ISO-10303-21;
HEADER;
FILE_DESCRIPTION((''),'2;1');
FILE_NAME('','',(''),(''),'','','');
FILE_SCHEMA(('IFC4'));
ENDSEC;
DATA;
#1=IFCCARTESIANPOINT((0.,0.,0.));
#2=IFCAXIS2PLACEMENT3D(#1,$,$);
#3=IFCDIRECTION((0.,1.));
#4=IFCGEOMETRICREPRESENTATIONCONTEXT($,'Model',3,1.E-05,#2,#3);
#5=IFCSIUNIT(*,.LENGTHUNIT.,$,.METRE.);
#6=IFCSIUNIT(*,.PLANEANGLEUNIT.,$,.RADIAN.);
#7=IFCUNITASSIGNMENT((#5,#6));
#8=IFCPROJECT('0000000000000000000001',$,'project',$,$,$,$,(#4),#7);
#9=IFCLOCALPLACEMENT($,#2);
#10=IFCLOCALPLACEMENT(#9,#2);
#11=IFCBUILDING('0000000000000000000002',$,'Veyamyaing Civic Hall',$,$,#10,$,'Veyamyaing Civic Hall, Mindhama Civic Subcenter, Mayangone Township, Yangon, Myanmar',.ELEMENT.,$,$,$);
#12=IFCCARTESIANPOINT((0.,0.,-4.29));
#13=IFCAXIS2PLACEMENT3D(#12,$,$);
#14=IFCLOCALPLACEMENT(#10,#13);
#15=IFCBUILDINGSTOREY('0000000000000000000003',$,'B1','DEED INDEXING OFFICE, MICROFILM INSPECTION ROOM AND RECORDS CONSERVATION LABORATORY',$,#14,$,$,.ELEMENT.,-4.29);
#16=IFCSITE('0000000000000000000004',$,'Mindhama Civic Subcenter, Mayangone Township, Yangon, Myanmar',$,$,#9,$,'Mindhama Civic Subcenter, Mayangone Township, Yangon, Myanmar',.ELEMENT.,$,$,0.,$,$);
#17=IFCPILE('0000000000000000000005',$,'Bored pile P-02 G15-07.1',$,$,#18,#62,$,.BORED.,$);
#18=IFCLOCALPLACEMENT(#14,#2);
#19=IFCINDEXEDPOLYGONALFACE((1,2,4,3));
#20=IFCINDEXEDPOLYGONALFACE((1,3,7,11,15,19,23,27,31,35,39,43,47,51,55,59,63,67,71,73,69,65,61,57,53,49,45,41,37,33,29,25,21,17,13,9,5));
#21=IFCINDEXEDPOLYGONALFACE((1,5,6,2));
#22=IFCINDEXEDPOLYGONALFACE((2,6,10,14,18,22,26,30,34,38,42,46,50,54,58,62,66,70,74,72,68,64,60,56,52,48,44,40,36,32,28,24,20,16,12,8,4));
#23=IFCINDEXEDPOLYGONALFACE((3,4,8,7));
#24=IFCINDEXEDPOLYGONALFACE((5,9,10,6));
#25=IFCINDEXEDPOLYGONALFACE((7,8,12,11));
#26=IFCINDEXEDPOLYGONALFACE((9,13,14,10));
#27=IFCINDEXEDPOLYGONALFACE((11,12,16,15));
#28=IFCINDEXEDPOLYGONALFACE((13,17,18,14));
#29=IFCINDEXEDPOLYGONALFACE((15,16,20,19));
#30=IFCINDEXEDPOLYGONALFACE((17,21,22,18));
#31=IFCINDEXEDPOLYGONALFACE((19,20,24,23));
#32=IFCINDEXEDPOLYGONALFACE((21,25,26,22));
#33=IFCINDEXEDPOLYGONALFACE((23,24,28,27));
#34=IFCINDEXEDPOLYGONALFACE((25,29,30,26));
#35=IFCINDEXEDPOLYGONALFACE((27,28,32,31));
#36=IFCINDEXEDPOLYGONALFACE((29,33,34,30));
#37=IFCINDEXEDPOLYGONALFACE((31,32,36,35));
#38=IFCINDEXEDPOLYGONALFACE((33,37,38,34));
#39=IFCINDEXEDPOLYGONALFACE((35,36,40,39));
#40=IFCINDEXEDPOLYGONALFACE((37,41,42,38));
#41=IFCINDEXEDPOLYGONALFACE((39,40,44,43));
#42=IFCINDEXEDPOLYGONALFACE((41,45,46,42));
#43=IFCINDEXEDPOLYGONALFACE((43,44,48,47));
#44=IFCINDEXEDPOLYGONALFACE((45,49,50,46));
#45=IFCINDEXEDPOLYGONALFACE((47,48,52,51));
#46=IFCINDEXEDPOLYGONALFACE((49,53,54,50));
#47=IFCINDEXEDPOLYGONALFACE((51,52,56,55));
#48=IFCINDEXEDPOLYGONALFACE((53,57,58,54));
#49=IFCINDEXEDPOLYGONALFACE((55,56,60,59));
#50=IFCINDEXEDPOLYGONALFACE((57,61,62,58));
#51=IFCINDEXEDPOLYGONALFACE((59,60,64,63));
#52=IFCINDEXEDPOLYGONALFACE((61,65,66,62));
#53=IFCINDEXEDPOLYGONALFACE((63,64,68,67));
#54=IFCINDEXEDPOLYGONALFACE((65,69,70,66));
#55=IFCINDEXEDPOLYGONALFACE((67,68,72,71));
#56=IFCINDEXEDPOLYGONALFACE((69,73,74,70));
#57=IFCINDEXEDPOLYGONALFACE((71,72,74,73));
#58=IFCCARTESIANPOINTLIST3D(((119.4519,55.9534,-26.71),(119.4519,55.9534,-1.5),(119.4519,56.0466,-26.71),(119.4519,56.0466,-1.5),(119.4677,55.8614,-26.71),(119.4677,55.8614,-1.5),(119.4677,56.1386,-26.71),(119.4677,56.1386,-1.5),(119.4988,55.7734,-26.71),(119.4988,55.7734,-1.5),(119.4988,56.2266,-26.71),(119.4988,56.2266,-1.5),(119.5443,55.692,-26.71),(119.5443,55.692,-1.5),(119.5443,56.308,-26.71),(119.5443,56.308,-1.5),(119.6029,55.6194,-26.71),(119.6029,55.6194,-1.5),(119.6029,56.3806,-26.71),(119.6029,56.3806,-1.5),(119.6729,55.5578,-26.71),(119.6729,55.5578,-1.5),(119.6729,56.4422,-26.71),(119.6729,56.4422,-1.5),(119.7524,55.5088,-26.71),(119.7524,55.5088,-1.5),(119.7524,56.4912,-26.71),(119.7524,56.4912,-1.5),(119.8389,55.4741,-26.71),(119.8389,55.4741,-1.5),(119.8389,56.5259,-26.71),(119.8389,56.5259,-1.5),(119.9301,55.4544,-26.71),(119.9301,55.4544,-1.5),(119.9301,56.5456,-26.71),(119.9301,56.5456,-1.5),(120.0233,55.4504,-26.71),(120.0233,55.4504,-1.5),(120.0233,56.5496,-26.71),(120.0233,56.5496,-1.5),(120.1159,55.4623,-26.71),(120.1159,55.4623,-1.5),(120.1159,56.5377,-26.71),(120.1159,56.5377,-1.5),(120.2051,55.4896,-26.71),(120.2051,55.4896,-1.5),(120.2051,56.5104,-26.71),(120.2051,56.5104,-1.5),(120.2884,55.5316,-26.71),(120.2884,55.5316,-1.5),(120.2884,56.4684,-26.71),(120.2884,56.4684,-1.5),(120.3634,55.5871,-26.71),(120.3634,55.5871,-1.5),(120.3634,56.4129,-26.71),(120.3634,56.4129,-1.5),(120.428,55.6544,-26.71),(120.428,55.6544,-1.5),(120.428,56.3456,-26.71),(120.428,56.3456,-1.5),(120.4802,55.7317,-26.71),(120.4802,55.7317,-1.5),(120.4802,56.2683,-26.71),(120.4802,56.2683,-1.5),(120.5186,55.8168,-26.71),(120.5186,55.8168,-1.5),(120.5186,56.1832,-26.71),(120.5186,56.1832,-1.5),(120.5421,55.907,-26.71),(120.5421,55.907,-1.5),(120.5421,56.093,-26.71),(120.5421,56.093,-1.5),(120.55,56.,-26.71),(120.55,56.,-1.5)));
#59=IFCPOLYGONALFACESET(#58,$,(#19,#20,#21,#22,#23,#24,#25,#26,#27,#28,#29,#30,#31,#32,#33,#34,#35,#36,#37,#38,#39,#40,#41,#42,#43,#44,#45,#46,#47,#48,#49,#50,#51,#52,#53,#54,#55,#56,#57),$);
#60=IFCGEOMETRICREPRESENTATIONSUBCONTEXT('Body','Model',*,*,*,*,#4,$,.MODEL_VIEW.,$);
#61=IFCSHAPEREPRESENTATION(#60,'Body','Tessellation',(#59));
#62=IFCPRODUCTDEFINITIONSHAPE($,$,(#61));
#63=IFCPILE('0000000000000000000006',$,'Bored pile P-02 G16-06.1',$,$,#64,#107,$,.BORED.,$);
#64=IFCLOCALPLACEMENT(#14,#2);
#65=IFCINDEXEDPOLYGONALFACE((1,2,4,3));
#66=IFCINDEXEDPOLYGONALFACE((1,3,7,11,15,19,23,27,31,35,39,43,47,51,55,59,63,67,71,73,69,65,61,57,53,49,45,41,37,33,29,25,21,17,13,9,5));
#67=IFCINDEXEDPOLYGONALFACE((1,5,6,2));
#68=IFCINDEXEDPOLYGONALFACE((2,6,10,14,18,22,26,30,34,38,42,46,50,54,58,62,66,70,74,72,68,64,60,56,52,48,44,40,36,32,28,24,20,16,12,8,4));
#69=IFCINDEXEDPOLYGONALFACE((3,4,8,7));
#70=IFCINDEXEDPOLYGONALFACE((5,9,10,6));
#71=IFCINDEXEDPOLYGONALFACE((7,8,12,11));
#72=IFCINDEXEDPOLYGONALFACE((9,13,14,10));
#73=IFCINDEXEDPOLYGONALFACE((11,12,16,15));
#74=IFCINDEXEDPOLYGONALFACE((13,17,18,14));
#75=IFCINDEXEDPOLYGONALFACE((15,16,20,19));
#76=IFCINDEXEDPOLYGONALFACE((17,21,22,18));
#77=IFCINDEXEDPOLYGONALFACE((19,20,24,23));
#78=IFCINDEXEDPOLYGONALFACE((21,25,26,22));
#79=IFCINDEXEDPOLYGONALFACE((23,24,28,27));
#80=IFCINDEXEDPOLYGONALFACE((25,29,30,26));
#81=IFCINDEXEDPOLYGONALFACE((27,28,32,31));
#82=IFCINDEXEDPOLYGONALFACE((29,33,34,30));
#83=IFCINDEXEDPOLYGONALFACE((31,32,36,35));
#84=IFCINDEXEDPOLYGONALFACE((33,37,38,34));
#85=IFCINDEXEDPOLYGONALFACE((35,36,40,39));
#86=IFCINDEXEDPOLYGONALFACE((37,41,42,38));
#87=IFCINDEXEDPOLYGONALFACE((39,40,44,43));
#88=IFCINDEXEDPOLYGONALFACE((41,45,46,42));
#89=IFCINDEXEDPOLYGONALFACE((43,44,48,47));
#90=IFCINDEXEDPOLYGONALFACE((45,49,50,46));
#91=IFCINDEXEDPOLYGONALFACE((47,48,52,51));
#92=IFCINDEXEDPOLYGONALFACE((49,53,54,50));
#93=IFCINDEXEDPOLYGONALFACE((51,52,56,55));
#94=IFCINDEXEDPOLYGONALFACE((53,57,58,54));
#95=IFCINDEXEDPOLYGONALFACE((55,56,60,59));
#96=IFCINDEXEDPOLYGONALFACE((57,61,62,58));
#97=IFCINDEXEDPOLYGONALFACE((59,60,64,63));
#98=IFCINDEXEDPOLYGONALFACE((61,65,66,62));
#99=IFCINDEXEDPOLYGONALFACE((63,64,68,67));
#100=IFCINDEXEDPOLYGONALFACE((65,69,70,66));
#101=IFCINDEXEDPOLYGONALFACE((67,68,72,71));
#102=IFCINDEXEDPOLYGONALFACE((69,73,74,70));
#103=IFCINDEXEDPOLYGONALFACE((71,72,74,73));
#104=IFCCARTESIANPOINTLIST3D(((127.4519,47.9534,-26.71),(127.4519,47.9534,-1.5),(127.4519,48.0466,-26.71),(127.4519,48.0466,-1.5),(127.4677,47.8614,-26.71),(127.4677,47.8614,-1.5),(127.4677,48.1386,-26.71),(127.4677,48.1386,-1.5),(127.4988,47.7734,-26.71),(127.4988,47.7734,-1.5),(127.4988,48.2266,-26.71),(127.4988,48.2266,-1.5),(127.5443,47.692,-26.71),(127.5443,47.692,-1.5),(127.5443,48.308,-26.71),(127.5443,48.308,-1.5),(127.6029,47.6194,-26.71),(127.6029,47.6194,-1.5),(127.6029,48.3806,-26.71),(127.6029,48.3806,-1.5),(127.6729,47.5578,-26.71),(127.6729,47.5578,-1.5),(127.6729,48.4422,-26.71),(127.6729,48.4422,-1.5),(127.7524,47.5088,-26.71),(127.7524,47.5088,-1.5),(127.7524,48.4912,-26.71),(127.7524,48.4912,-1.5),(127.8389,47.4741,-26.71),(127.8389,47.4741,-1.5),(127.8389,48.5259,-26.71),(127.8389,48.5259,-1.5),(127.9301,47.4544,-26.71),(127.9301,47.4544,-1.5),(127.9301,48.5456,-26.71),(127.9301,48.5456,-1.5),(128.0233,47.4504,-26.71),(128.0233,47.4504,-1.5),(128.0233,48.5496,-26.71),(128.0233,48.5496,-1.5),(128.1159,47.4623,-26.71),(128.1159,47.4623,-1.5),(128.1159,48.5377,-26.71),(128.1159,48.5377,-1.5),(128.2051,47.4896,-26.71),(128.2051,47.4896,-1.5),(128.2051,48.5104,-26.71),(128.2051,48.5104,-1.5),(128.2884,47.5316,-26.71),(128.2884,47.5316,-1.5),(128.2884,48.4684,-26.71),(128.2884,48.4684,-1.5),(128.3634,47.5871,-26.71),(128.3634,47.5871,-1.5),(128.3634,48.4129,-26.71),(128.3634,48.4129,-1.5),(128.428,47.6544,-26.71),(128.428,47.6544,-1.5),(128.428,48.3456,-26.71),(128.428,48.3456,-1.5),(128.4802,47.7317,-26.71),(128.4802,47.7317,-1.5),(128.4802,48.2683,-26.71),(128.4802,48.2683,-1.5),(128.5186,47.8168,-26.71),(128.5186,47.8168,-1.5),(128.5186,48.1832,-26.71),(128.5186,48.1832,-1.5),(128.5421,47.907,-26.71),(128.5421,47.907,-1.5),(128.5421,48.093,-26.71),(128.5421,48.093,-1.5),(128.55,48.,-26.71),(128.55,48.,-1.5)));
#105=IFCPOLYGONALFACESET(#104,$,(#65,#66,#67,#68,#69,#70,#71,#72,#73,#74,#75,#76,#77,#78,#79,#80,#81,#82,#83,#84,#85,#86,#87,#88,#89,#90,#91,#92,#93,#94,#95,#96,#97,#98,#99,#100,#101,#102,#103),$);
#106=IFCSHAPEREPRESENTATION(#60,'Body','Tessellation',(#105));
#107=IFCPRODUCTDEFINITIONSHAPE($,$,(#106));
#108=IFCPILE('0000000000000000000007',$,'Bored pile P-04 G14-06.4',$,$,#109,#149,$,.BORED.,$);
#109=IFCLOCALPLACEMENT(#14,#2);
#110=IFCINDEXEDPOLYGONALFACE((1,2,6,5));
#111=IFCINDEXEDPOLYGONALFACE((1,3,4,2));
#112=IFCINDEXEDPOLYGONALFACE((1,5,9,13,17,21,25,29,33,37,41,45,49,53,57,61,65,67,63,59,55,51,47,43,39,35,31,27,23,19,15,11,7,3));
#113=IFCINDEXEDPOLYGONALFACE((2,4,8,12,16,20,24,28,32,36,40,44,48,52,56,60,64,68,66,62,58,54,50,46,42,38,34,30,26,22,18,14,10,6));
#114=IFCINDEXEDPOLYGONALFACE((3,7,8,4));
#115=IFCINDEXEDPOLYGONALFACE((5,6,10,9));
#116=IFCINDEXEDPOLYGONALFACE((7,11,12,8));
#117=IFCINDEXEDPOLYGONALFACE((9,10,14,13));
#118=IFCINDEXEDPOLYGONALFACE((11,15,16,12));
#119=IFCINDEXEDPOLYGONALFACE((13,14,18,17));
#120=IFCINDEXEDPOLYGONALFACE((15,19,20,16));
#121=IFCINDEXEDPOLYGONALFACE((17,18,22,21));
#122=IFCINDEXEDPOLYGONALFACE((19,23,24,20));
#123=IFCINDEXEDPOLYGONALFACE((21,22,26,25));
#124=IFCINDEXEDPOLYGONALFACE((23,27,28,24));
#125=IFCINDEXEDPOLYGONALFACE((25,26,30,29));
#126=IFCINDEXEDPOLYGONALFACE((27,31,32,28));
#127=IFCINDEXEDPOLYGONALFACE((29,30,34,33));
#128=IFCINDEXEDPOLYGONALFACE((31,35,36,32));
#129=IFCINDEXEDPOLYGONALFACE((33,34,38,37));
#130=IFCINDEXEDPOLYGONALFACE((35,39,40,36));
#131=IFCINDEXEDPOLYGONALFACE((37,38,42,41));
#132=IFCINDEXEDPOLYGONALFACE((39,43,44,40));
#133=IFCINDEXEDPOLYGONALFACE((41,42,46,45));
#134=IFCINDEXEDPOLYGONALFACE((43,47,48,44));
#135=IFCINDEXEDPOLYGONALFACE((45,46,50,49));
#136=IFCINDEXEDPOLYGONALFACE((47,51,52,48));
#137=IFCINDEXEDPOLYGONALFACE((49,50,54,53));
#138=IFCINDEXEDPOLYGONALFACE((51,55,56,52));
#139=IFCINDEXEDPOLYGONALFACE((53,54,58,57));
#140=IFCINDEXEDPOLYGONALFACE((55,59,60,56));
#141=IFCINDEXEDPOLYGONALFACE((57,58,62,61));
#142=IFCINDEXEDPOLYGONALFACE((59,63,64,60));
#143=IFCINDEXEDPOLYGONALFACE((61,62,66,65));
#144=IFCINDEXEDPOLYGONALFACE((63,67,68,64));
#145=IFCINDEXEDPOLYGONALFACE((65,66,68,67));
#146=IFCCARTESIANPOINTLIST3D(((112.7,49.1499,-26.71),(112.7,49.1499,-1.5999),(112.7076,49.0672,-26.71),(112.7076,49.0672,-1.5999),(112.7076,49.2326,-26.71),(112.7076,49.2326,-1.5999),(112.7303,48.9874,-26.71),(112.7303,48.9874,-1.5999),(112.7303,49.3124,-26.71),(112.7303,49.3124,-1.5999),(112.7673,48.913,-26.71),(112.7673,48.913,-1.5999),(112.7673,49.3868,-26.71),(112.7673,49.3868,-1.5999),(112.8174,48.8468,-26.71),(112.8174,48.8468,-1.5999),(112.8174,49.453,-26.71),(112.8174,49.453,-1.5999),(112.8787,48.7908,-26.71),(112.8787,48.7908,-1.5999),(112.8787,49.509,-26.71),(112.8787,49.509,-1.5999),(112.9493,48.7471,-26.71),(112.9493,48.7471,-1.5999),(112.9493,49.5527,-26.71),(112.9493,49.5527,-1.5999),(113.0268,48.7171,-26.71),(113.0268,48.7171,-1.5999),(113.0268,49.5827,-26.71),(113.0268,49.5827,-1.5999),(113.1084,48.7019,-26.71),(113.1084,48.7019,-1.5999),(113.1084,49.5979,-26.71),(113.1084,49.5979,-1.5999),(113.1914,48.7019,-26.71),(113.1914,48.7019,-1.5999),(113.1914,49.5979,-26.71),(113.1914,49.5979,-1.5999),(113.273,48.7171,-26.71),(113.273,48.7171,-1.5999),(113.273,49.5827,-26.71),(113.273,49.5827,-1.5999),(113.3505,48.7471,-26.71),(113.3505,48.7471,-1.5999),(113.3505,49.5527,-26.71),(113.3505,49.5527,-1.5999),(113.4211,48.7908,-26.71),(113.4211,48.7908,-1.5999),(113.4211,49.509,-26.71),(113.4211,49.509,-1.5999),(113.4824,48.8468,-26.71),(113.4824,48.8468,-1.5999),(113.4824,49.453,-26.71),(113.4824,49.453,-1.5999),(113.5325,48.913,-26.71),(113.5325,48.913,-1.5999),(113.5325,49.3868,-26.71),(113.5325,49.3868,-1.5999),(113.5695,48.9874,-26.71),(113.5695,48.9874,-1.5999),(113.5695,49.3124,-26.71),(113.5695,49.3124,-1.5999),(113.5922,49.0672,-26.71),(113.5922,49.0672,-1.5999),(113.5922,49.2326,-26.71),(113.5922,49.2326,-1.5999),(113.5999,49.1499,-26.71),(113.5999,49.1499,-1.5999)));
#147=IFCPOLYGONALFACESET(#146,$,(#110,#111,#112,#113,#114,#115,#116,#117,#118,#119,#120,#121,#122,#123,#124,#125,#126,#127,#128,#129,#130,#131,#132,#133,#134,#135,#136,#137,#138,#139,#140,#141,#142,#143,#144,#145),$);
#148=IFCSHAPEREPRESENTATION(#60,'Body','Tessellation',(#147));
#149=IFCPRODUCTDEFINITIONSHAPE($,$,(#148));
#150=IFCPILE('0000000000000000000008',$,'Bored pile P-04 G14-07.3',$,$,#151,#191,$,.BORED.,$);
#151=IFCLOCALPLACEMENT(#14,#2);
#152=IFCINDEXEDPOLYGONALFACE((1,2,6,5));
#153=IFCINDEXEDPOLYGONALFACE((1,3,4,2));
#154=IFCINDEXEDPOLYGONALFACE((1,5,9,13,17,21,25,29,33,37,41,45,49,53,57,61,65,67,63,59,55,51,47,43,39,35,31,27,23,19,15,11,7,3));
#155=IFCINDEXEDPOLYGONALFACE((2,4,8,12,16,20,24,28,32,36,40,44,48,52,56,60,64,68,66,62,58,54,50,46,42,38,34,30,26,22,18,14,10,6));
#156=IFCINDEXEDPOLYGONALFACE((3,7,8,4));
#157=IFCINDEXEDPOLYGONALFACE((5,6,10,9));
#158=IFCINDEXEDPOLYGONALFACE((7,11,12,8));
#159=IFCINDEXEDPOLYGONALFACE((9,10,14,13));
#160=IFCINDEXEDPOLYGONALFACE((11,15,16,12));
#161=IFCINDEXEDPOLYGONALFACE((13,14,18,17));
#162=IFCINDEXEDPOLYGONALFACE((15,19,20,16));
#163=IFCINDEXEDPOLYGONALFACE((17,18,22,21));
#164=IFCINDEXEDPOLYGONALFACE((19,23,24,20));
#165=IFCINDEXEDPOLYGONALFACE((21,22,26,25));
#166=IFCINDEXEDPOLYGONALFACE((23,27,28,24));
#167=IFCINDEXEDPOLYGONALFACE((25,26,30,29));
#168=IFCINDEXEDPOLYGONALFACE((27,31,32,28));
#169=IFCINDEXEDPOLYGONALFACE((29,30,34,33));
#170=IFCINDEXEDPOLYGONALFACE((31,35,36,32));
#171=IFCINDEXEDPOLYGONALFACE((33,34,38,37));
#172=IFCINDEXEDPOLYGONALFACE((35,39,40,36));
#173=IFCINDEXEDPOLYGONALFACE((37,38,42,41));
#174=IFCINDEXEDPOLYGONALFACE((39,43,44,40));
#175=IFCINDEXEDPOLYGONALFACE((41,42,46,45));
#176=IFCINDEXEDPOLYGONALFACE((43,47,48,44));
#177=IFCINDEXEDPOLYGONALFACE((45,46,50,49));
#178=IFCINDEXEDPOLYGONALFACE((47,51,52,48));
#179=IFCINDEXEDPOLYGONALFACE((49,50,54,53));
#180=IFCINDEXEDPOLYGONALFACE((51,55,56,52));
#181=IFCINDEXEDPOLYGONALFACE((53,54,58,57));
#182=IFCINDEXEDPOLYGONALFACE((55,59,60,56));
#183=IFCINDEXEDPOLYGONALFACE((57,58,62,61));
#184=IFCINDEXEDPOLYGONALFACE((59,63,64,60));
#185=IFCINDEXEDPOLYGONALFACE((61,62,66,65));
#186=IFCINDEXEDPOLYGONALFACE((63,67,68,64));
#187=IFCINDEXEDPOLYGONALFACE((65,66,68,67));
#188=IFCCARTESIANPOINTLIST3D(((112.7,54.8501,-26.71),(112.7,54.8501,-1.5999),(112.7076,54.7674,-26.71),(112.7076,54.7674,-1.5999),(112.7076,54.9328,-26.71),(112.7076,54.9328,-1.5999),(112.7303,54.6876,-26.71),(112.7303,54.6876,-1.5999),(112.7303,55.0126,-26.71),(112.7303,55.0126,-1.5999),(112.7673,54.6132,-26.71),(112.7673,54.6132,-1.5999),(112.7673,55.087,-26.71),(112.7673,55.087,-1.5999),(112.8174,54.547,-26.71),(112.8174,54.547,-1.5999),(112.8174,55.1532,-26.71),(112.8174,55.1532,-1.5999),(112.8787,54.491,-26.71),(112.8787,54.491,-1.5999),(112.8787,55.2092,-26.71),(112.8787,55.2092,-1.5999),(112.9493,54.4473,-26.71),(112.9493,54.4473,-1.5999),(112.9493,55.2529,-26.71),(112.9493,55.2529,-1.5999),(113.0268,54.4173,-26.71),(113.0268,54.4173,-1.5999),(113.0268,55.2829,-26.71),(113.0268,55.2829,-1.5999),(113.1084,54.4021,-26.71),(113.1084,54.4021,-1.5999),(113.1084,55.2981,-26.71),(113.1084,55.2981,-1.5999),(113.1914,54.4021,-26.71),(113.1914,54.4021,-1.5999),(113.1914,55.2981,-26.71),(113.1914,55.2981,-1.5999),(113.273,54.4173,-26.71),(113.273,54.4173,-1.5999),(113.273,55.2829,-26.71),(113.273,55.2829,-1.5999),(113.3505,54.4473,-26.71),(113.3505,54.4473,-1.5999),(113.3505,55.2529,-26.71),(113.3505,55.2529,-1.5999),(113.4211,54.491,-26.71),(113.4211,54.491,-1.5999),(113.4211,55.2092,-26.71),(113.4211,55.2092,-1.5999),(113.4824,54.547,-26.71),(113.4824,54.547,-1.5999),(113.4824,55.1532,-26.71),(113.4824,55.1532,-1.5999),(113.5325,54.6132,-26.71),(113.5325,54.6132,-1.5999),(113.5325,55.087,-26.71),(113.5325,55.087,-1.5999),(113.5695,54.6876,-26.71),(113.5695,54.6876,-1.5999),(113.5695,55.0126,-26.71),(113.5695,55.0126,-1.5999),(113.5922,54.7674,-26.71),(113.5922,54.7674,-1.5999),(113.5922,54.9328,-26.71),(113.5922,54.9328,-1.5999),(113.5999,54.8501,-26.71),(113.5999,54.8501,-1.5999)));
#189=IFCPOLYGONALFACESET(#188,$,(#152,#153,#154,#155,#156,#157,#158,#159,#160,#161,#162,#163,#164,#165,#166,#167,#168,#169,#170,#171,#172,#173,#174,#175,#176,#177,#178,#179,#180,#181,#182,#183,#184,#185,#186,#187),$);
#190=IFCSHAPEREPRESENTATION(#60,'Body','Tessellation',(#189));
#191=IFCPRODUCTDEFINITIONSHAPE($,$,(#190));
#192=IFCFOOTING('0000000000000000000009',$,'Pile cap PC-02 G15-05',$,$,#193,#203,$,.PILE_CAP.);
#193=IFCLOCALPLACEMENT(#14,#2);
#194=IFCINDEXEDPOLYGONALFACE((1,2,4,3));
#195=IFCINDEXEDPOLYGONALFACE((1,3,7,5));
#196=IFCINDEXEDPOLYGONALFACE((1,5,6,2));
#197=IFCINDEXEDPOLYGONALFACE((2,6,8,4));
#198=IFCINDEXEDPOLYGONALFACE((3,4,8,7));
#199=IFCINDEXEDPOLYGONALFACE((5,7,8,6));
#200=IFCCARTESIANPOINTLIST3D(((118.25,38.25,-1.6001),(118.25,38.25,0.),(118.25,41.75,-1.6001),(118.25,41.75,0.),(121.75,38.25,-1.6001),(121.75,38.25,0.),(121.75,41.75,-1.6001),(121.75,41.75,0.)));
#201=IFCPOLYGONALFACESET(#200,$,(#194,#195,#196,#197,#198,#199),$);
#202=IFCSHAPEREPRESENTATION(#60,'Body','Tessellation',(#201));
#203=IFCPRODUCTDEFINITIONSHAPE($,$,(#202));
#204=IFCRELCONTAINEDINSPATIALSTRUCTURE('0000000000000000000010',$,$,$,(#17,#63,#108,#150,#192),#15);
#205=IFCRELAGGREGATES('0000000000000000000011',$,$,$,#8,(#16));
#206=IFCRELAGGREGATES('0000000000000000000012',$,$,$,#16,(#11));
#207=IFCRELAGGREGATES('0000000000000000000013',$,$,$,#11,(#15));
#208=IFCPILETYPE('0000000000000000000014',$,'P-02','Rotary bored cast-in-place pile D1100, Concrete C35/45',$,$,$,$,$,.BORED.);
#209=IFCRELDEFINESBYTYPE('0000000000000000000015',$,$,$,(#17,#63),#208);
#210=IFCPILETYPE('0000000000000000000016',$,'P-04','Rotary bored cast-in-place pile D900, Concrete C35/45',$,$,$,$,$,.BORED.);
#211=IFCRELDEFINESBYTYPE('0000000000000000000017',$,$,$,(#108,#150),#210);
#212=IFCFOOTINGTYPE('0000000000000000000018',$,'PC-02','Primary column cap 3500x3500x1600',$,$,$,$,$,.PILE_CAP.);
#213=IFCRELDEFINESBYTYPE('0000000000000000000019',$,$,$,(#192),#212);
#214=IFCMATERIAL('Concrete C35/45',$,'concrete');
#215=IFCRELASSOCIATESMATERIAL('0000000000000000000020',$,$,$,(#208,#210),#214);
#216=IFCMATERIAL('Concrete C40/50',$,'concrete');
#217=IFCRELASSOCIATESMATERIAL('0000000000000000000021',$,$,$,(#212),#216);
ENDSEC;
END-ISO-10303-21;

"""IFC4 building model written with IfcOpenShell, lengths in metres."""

from ifc_helpers import new_model, si_unit, direction, frame, origin, origin_2d, place, context, subcontext, project, spatial, rectangle, circle, extrude, material, material_profile, profile_set, type_object, element, save


model = new_model("IFC4")

# Units and contexts
model_context = context("Model", 3, precision=1e-05, world=origin(), true_north=direction((0.0, 1.0)))
body_context = subcontext(model_context, "Body", "Model", "MODEL_VIEW")
ifc_project = project(units=[si_unit("LENGTHUNIT", "METRE"), si_unit("PLANEANGLEUNIT", "RADIAN")], contexts=[model_context])

# Site, building, storey
site_placement = place(None, origin())
site = spatial("IfcSite", under=ifc_project, at=site_placement, Name="Mindhama Civic Subcenter, Mayangone Township, Yangon, Myanmar", LongName="Mindhama Civic Subcenter, Mayangone Township, Yangon, Myanmar", CompositionType="ELEMENT", RefElevation=0.0)
building_placement = place(site_placement, origin())
building = spatial("IfcBuilding", under=site, at=building_placement, Name="Veyamyaing Civic Hall", LongName="Veyamyaing Civic Hall, Mindhama Civic Subcenter, Mayangone Township, Yangon, Myanmar", CompositionType="ELEMENT")
storey_placement = place(building_placement, frame((0.0, 0.0, -4.29)))
storey = spatial("IfcBuildingStorey", under=building, at=storey_placement, Name="B1", Description="DEED INDEXING OFFICE, MICROFILM INSPECTION ROOM AND RECORDS CONSERVATION LABORATORY", CompositionType="ELEMENT", Elevation=-4.29)

# Shared definitions
ifc_material_1 = material(Name="Concrete C40/50", Category="concrete")

# Piles
ifc_material_2 = material(Name="Concrete C35/45", Category="concrete")
ifc_material_profile_1 = material_profile(ifc_material_2, circle(Radius=0.55, at=origin_2d()), Name="PILE-D1100")
ifc_profile_set_1 = profile_set([ifc_material_profile_1], Name="Concrete C35/45")
pile_type_1 = type_object("IfcPileType", Name="P-02", Description="Rotary bored cast-in-place pile D1100, Concrete C35/45", PredefinedType="BORED", material=ifc_profile_set_1)
for number, where, z_axis, x_axis, name in (
    (1, (120.0, 56.0, -1.5), (0.0, 0.0, -1.0), (1.0, 0.0, 0.0), "Bored pile P-02 G15-07.1"),
    (2, (128.0, 48.0, -1.5), (0.0, 0.0, -1.0), (1.0, 0.0, 0.0), "Bored pile P-02 G16-06.1"),
):
    element("IfcPile", number, at=place(storey_placement, frame(where, z_axis=z_axis, x_axis=x_axis)), inside=storey, type_object=pile_type_1, Name=name, PredefinedType="BORED", context=body_context, shape_type="SweptSolid", body=[
        extrude(circle(Radius=0.55, at=origin_2d()), origin(), (0.0, 0.0, 1.0), 25.21),
    ])
ifc_material_profile_2 = material_profile(ifc_material_2, circle(Radius=0.45, at=origin_2d()), Name="PILE-D900")
ifc_profile_set_2 = profile_set([ifc_material_profile_2], Name="Concrete C35/45")
pile_type_2 = type_object("IfcPileType", Name="P-04", Description="Rotary bored cast-in-place pile D900, Concrete C35/45", PredefinedType="BORED", material=ifc_profile_set_2)
for number, where, z_axis, x_axis, name in (
    (3, (113.1499, 49.1499, -1.5999), (0.0, 0.0, -1.0), (1.0, 0.0, 0.0), "Bored pile P-04 G14-06.4"),
    (4, (113.1499, 54.8501, -1.5999), (0.0, 0.0, -1.0), (1.0, 0.0, 0.0), "Bored pile P-04 G14-07.3"),
):
    element("IfcPile", number, at=place(storey_placement, frame(where, z_axis=z_axis, x_axis=x_axis)), inside=storey, type_object=pile_type_2, Name=name, PredefinedType="BORED", context=body_context, shape_type="SweptSolid", body=[
        extrude(circle(Radius=0.45, at=origin_2d()), origin(), (0.0, 0.0, 1.0), 25.1101),
    ])

# Footing
footing_type_1 = type_object("IfcFootingType", Name="PC-02", Description="Primary column cap 3500x3500x1600", PredefinedType="PILE_CAP", material=ifc_material_1)
for number, where, z_axis, x_axis, name in (
    (5, (120.0, 40.0, -1.6001), (0.0, 0.0, 1.0), (1.0, 0.0, 0.0), "Pile cap PC-02 G15-05"),
):
    element("IfcFooting", number, at=place(storey_placement, frame(where, z_axis=z_axis, x_axis=x_axis)), inside=storey, type_object=footing_type_1, Name=name, PredefinedType="PILE_CAP", context=body_context, shape_type="SweptSolid", body=[
        extrude(rectangle(XDim=3.5, YDim=3.5, at=origin_2d()), origin(), (0.0, 0.0, 1.0), 1.6001),
    ])

save(model, "model.ifc")
